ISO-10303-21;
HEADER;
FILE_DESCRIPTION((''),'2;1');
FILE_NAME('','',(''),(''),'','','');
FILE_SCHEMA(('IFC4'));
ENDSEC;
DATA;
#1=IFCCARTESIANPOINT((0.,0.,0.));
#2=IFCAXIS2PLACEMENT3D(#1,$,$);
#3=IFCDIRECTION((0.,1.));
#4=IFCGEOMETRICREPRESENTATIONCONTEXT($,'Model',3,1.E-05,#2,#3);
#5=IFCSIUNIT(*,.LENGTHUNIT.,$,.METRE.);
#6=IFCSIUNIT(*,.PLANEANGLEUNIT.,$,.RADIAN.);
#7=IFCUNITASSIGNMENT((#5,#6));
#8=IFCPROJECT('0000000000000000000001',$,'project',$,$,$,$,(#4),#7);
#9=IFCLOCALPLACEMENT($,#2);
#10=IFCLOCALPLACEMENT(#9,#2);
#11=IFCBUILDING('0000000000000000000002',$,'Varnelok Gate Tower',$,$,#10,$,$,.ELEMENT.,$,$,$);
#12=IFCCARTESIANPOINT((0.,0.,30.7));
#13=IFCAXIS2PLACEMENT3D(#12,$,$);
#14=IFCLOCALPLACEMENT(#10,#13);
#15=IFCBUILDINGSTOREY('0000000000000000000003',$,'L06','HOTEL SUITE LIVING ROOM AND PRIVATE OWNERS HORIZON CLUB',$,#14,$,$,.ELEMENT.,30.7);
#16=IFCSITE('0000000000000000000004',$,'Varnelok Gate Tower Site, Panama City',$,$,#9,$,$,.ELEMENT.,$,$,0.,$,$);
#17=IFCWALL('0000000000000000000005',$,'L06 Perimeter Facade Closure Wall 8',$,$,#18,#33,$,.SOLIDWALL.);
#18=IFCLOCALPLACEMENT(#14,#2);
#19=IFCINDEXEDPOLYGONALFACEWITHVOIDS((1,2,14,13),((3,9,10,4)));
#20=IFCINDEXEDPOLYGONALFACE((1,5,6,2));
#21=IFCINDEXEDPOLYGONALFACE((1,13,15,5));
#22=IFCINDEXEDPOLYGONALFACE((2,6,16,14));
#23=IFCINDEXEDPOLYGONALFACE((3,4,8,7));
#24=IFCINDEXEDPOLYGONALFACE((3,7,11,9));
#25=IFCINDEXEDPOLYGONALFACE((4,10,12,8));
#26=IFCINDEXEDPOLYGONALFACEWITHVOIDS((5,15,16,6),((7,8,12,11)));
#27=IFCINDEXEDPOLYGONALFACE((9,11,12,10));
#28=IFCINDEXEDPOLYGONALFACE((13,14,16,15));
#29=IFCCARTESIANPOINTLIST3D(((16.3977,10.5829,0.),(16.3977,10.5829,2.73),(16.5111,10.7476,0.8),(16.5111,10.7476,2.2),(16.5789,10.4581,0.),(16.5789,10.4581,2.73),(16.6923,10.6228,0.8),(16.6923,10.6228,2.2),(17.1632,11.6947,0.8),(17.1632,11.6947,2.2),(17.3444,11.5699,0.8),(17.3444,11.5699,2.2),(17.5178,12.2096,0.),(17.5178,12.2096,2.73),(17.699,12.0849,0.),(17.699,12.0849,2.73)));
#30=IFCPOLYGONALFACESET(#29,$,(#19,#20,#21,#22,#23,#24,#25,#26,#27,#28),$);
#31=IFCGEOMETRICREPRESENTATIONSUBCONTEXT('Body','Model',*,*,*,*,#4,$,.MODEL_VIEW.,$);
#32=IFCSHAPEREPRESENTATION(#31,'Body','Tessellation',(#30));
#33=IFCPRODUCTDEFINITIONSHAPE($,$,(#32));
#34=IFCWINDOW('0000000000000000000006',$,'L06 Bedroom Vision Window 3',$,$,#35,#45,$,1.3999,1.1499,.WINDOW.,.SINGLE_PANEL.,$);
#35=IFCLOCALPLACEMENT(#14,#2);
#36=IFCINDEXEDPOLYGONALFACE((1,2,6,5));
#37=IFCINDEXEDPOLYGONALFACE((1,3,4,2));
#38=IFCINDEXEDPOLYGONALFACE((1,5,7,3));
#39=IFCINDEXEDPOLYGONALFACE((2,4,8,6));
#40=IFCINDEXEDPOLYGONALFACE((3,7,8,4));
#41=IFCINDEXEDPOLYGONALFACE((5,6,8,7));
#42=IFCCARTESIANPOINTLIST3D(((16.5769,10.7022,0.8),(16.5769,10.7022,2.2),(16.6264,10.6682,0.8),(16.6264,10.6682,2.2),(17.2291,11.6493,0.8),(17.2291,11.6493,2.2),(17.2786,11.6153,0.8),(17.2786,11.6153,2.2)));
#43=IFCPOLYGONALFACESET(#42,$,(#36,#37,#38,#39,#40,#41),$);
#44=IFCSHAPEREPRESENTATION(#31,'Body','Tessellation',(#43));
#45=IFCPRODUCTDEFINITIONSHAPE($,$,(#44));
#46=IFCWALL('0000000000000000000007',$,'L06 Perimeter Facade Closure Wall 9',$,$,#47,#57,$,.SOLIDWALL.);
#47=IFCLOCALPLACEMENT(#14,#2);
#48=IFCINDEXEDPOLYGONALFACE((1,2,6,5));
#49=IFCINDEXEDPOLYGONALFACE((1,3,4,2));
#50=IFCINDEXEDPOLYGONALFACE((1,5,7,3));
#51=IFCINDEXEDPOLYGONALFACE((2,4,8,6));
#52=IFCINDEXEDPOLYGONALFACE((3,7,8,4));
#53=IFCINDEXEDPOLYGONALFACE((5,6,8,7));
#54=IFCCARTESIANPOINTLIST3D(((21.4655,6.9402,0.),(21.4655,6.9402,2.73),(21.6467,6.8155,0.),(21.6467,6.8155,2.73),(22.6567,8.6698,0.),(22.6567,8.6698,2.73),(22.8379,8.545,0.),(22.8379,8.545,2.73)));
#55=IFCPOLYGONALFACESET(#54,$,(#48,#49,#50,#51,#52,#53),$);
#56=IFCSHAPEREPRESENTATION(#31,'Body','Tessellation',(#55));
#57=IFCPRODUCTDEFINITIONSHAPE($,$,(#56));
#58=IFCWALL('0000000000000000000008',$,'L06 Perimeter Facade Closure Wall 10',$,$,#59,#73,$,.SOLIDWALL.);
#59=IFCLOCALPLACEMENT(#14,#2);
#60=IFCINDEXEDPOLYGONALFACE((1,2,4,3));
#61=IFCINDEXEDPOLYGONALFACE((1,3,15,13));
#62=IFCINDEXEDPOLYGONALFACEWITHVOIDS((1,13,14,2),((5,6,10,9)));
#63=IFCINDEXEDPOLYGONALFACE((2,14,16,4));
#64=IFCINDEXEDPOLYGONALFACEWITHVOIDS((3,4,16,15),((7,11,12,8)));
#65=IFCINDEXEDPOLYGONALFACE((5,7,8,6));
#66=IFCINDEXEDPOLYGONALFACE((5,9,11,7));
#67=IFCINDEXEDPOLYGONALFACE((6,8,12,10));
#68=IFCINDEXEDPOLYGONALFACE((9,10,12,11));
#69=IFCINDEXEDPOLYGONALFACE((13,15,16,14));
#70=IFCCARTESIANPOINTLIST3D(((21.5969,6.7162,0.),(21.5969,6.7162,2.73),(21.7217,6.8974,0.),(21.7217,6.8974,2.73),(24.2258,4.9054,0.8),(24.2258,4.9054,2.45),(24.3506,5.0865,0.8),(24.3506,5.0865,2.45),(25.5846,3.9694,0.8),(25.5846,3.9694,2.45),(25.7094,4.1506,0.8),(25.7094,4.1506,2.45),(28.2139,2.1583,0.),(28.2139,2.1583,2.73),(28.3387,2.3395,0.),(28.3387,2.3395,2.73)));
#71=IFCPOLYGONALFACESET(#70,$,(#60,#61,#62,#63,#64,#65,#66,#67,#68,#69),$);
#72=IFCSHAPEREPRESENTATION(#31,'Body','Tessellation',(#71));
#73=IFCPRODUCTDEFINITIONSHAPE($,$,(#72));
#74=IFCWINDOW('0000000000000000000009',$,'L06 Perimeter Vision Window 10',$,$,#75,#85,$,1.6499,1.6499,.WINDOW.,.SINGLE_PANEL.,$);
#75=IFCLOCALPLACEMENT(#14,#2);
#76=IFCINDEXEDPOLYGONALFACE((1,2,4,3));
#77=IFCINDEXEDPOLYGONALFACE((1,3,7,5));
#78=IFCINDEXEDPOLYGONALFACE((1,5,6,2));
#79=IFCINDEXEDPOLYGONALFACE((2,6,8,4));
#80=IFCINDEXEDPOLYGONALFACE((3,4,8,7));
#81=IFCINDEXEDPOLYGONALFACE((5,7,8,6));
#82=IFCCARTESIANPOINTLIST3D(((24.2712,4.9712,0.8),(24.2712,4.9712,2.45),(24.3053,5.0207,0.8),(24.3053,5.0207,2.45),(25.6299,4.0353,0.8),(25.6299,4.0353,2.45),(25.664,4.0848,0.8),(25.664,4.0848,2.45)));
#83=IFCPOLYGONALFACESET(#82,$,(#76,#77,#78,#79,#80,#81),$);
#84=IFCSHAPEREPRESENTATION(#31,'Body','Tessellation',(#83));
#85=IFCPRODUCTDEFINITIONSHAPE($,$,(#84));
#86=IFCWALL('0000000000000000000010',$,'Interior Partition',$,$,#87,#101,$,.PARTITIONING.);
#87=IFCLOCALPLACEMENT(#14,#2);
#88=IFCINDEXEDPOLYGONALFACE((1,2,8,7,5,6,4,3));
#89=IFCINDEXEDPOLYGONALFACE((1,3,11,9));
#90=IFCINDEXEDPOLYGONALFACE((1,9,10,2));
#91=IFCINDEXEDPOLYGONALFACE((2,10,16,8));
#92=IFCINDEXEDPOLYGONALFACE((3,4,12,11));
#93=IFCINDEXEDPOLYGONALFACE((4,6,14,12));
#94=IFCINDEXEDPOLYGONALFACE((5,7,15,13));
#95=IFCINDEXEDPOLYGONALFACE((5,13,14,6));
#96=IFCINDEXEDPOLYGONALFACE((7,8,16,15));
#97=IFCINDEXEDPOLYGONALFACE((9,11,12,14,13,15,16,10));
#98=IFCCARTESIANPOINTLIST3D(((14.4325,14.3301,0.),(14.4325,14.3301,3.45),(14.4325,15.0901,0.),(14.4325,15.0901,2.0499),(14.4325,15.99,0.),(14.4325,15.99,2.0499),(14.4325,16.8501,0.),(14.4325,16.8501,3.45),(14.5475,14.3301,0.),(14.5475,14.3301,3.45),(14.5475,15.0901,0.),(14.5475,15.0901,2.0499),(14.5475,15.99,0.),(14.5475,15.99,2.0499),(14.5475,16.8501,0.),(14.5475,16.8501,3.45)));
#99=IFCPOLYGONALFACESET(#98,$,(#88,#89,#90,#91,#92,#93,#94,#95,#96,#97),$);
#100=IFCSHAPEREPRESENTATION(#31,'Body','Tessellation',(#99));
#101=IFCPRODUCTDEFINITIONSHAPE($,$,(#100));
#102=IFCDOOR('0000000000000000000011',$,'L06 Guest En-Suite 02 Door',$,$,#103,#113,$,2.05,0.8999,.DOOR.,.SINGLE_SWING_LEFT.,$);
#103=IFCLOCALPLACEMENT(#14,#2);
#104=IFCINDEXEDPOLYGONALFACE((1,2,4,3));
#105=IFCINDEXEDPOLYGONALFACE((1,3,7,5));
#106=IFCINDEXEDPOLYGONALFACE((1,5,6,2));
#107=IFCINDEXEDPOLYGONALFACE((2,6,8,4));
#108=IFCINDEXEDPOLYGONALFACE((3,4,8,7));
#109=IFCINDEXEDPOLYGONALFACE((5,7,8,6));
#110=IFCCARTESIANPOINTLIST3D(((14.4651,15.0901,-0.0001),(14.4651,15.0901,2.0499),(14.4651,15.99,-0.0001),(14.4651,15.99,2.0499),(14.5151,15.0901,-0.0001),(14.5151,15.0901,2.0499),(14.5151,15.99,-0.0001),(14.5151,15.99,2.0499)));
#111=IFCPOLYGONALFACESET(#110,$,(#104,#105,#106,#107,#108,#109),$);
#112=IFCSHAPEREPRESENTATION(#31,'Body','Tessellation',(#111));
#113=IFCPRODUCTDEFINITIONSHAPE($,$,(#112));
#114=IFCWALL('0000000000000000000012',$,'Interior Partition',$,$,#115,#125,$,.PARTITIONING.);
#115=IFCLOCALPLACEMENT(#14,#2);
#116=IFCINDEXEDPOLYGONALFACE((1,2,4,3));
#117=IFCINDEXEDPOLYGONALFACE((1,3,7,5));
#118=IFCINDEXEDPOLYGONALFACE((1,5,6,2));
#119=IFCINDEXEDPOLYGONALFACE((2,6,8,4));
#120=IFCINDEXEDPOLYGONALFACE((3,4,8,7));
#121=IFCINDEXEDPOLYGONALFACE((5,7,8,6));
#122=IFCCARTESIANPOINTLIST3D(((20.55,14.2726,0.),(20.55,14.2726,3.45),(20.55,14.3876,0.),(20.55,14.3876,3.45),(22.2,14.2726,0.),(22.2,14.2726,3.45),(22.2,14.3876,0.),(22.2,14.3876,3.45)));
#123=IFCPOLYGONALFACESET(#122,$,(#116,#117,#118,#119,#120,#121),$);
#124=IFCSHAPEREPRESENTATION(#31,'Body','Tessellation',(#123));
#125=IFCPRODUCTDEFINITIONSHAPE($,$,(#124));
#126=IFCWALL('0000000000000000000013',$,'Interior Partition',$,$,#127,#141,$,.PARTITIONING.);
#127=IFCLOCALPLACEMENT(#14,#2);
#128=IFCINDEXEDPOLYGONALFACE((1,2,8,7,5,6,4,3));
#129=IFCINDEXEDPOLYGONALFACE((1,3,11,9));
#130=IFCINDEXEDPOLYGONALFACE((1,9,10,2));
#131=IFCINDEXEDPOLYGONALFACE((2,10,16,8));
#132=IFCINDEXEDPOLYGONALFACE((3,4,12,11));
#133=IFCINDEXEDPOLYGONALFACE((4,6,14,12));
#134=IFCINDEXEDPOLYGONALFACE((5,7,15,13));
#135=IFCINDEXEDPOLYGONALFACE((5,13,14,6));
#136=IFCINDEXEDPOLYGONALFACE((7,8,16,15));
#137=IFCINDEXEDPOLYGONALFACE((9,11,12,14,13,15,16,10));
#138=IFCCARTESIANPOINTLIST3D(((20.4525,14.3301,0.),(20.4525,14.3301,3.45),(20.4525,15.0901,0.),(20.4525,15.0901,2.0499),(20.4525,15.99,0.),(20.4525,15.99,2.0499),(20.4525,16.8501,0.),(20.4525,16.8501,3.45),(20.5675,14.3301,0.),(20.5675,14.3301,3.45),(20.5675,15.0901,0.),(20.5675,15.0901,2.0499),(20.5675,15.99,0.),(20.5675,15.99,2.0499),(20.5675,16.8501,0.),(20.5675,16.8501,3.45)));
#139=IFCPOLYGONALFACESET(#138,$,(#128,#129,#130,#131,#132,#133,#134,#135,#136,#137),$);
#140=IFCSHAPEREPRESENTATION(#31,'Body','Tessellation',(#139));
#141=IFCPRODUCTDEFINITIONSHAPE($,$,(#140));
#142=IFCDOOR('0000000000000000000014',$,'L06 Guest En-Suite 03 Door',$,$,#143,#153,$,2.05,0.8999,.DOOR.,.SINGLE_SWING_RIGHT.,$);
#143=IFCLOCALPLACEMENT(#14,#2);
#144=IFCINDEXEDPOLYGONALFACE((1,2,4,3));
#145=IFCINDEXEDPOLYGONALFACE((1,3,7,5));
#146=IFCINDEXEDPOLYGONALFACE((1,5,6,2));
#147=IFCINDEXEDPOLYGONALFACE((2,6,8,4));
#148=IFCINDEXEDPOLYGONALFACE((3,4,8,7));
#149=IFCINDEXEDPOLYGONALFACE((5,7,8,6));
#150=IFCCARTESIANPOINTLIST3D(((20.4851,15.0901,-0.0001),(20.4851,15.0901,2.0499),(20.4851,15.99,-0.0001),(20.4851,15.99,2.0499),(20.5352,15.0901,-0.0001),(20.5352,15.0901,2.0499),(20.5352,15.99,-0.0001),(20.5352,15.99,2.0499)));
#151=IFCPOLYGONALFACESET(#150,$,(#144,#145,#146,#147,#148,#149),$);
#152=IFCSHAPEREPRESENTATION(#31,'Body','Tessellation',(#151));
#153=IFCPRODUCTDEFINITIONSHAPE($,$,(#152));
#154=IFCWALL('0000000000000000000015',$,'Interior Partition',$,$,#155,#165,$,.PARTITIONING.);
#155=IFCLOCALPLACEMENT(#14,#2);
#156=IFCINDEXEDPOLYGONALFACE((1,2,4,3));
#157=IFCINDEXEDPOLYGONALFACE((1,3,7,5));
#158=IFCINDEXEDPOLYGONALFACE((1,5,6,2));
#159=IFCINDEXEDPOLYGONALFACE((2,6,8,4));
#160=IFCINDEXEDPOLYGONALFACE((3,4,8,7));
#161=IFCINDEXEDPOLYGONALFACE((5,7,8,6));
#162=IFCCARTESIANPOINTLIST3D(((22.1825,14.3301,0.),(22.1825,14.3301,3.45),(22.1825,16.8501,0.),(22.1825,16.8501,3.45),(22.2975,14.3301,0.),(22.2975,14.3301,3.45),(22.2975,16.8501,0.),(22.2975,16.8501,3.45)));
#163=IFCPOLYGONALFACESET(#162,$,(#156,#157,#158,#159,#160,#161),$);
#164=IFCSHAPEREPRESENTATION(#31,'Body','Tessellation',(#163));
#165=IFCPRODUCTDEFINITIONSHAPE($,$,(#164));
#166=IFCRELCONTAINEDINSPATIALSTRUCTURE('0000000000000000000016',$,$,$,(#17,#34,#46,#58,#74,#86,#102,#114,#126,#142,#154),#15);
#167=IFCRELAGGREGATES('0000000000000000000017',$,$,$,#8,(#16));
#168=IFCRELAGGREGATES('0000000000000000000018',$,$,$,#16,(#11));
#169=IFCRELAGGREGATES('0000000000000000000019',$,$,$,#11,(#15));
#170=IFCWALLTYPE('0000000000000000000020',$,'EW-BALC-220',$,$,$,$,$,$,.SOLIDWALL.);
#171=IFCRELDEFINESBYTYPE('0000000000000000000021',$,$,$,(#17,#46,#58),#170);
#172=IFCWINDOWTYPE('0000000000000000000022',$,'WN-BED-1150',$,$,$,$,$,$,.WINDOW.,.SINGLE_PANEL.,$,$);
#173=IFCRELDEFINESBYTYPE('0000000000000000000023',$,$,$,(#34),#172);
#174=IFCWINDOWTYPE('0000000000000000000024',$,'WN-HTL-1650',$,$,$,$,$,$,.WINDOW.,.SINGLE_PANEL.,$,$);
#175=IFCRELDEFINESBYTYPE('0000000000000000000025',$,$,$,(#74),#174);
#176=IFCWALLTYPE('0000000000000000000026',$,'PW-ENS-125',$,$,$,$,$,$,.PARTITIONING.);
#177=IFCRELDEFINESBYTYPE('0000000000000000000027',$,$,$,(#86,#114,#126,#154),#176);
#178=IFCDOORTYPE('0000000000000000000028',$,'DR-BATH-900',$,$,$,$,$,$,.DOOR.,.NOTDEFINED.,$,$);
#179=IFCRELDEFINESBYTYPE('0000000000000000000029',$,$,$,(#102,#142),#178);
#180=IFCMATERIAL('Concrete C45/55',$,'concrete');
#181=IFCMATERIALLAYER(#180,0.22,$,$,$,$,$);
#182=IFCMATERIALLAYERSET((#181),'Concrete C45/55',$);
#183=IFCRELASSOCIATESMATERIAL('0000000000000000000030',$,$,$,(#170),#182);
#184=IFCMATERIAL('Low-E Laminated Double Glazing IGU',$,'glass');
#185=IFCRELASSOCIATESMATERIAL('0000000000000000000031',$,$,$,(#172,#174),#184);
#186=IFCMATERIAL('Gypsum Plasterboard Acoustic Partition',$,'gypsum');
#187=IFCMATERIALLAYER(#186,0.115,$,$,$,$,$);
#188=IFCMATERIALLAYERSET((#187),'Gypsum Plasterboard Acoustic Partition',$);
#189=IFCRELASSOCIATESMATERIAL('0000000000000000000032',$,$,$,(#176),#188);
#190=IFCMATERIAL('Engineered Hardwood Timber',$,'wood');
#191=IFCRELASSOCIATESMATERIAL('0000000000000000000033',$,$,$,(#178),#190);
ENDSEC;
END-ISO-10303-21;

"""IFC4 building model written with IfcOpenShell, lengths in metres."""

from ifc_helpers import new_model, si_unit, direction, frame, frame_2d, origin, place, context, subcontext, project, spatial, rectangle, extrude, material, layer, layer_set, type_object, element, fill, save


model = new_model("IFC4")

# Units and contexts
model_context = context("Model", 3, precision=1e-05, world=origin(), true_north=direction((0.0, 1.0)))
body_context = subcontext(model_context, "Body", "Model", "MODEL_VIEW")
ifc_project = project(units=[si_unit("LENGTHUNIT", "METRE"), si_unit("PLANEANGLEUNIT", "RADIAN")], contexts=[model_context])

# Site, building, storey
site_placement = place(None, origin())
site = spatial("IfcSite", under=ifc_project, at=site_placement, Name="Varnelok Gate Tower Site, Panama City", CompositionType="ELEMENT", RefElevation=0.0)
building_placement = place(site_placement, origin())
building = spatial("IfcBuilding", under=site, at=building_placement, Name="Varnelok Gate Tower", CompositionType="ELEMENT")
storey_placement = place(building_placement, frame((0.0, 0.0, 30.7)))
storey = spatial("IfcBuildingStorey", under=building, at=storey_placement, Name="L06", Description="HOTEL SUITE LIVING ROOM AND PRIVATE OWNERS HORIZON CLUB", CompositionType="ELEMENT", Elevation=30.7)

# Shared definitions
ifc_material_1 = material(Name="Concrete C45/55", Category="concrete")
ifc_layer_1 = layer(ifc_material_1, 0.22)
ifc_layer_set_1 = layer_set([ifc_layer_1], Name="Concrete C45/55")
wall_type_1 = type_object("IfcWallType", Name="EW-BALC-220", PredefinedType="SOLIDWALL", material=ifc_layer_set_1)

# Wall, opening, window
wall_1_placement = place(storey_placement, frame((16.4883, 10.5205, 0.0), z_axis=(0.0, 0.0, 1.0), x_axis=(0.567132, 0.823627, 0.0)))
wall_1 = element("IfcWall", 1, at=wall_1_placement, inside=storey, type_object=wall_type_1, Name="L06 Perimeter Facade Closure Wall 8", PredefinedType="SOLIDWALL", context=body_context, shape_type="SweptSolid", body=[
    extrude(rectangle(XDim=1.9751, YDim=0.22, at=frame_2d((0.9875, 0.0))), origin(), (0.0, 0.0, 1.0), 2.73),
])
opening_1_placement = place(wall_1_placement, frame((0.2, 0.0, 0.8)))
opening_1 = element("IfcOpeningElement", 2, at=opening_1_placement, cuts=wall_1, PredefinedType="OPENING", context=body_context, shape_type="SweptSolid", body=[
    extrude(rectangle(XDim=1.1499, YDim=1.3999, at=frame_2d((0.575, 0.7))), frame((0.0, 0.1199, 0.0), z_axis=(0.0, -1.0, 0.0), x_axis=(1.0, 0.0, 0.0)), (0.0, 0.0, 1.0), 0.24),
])
ifc_material_2 = material(Name="Low-E Laminated Double Glazing IGU", Category="glass")
window_type_1 = type_object("IfcWindowType", Name="WN-BED-1150", PartitioningType="SINGLE_PANEL", PredefinedType="WINDOW", material=ifc_material_2)
window_1_placement = place(opening_1_placement, origin())
window_1 = element("IfcWindow", 3, at=window_1_placement, inside=storey, type_object=window_type_1, Name="L06 Bedroom Vision Window 3", OverallHeight=1.3999, OverallWidth=1.1499, PartitioningType="SINGLE_PANEL", PredefinedType="WINDOW", context=body_context, shape_type="SweptSolid", body=[
    extrude(rectangle(XDim=1.1499, YDim=1.3999, at=frame_2d((0.575, 0.7))), frame((0.0, 0.03, 0.0), z_axis=(0.0, -1.0, 0.0), x_axis=(1.0, 0.0, 0.0)), (0.0, 0.0, 1.0), 0.0601),
])
fill(opening_1, window_1)

# Wall
wall_2_placement = place(storey_placement, frame((22.7473, 8.6074, 0.0), z_axis=(0.0, 0.0, 1.0), x_axis=(-0.567219, -0.823567, 0.0)))
element("IfcWall", 4, at=wall_2_placement, inside=storey, type_object=wall_type_1, Name="L06 Perimeter Facade Closure Wall 9", PredefinedType="SOLIDWALL", context=body_context, shape_type="SweptSolid", body=[
    extrude(rectangle(XDim=2.1001, YDim=0.22, at=frame_2d((1.05, 0.0))), origin(), (0.0, 0.0, 1.0), 2.73),
])

# Wall, opening, window
wall_3_placement = place(storey_placement, frame((21.6592, 6.8069, 0.0), z_axis=(0.0, 0.0, 1.0), x_axis=(0.823535, -0.567265, 0.0)))
wall_3 = element("IfcWall", 5, at=wall_3_placement, inside=storey, type_object=wall_type_1, Name="L06 Perimeter Facade Closure Wall 10", PredefinedType="SOLIDWALL", context=body_context, shape_type="SweptSolid", body=[
    extrude(rectangle(XDim=8.0349, YDim=0.22, at=frame_2d((4.0176, 0.0))), origin(), (0.0, 0.0, 1.0), 2.73),
])
opening_2_placement = place(wall_3_placement, frame((3.1924, 0.0, 0.8)))
opening_2 = element("IfcOpeningElement", 6, at=opening_2_placement, cuts=wall_3, PredefinedType="OPENING", context=body_context, shape_type="SweptSolid", body=[
    extrude(rectangle(XDim=1.6499, YDim=1.6499, at=frame_2d((0.825, 0.825))), frame((0.0, 0.1199, 0.0), z_axis=(0.0, -1.0, 0.0), x_axis=(1.0, 0.0, 0.0)), (0.0, 0.0, 1.0), 0.24),
])
window_type_2 = type_object("IfcWindowType", Name="WN-HTL-1650", PartitioningType="SINGLE_PANEL", PredefinedType="WINDOW", material=ifc_material_2)
window_2_placement = place(opening_2_placement, origin())
window_2 = element("IfcWindow", 7, at=window_2_placement, inside=storey, type_object=window_type_2, Name="L06 Perimeter Vision Window 10", OverallHeight=1.6499, OverallWidth=1.6499, PartitioningType="SINGLE_PANEL", PredefinedType="WINDOW", context=body_context, shape_type="SweptSolid", body=[
    extrude(rectangle(XDim=1.6499, YDim=1.6499, at=frame_2d((0.825, 0.825))), frame((0.0, 0.03, 0.0), z_axis=(0.0, -1.0, 0.0), x_axis=(1.0, 0.0, 0.0)), (0.0, 0.0, 1.0), 0.0601),
])
fill(opening_2, window_2)

# Wall, opening, door
ifc_material_3 = material(Name="Gypsum Plasterboard Acoustic Partition", Category="gypsum")
ifc_material_4 = material(Name="Engineered Hardwood Timber", Category="wood")
ifc_layer_2 = layer(ifc_material_3, 0.115)
ifc_layer_set_2 = layer_set([ifc_layer_2], Name="Gypsum Plasterboard Acoustic Partition")
wall_type_2 = type_object("IfcWallType", Name="PW-ENS-125", PredefinedType="PARTITIONING", material=ifc_layer_set_2)
wall_4_placement = place(storey_placement, frame((14.49, 14.3301, 0.0), z_axis=(0.0, 0.0, 1.0), x_axis=(0.0, 1.0, 0.0)))
wall_4 = element("IfcWall", 8, at=wall_4_placement, inside=storey, type_object=wall_type_2, Name="Interior Partition", PredefinedType="PARTITIONING", context=body_context, shape_type="SweptSolid", body=[
    extrude(rectangle(XDim=2.52, YDim=0.115, at=frame_2d((1.26, 0.0))), origin(), (0.0, 0.0, 1.0), 3.45),
])
opening_3_placement = place(wall_4_placement, frame((0.76, 0.0, 0.0)))
opening_3 = element("IfcOpeningElement", 9, at=opening_3_placement, cuts=wall_4, PredefinedType="OPENING", context=body_context, shape_type="SweptSolid", body=[
    extrude(rectangle(XDim=0.8999, YDim=2.05, at=frame_2d((0.45, 1.0249))), frame((0.0, 0.0674, 0.0), z_axis=(0.0, -1.0, 0.0), x_axis=(1.0, 0.0, 0.0)), (0.0, 0.0, 1.0), 0.135),
])
door_type_1 = type_object("IfcDoorType", Name="DR-BATH-900", OperationType="NOTDEFINED", PredefinedType="DOOR", material=ifc_material_4)
door_1_placement = place(opening_3_placement, origin())
door_1 = element("IfcDoor", 10, at=door_1_placement, inside=storey, type_object=door_type_1, Name="L06 Guest En-Suite 02 Door", OperationType="SINGLE_SWING_LEFT", OverallHeight=2.05, OverallWidth=0.8999, PredefinedType="DOOR", context=body_context, shape_type="SweptSolid", body=[
    extrude(rectangle(XDim=0.8999, YDim=2.05, at=frame_2d((0.45, 1.0249))), frame((0.0, 0.0249, 0.0), z_axis=(0.0, -1.0, 0.0), x_axis=(1.0, 0.0, 0.0)), (0.0, 0.0, 1.0), 0.05),
])
fill(opening_3, door_1)

# Wall
wall_5_placement = place(storey_placement, frame((20.55, 14.3301, 0.0), z_axis=(0.0, 0.0, 1.0), x_axis=(1.0, 0.0, 0.0)))
element("IfcWall", 11, at=wall_5_placement, inside=storey, type_object=wall_type_2, Name="Interior Partition", PredefinedType="PARTITIONING", context=body_context, shape_type="SweptSolid", body=[
    extrude(rectangle(XDim=1.6499, YDim=0.115, at=frame_2d((0.825, 0.0))), origin(), (0.0, 0.0, 1.0), 3.45),
])

# Wall, opening, door
wall_6_placement = place(storey_placement, frame((20.51, 14.3301, 0.0), z_axis=(0.0, 0.0, 1.0), x_axis=(0.0, 1.0, 0.0)))
wall_6 = element("IfcWall", 12, at=wall_6_placement, inside=storey, type_object=wall_type_2, Name="Interior Partition", PredefinedType="PARTITIONING", context=body_context, shape_type="SweptSolid", body=[
    extrude(rectangle(XDim=2.52, YDim=0.115, at=frame_2d((1.26, 0.0))), origin(), (0.0, 0.0, 1.0), 3.45),
])
opening_4_placement = place(wall_6_placement, frame((0.76, 0.0, 0.0)))
opening_4 = element("IfcOpeningElement", 13, at=opening_4_placement, cuts=wall_6, PredefinedType="OPENING", context=body_context, shape_type="SweptSolid", body=[
    extrude(rectangle(XDim=0.8999, YDim=2.05, at=frame_2d((0.45, 1.0249))), frame((0.0, 0.0674, 0.0), z_axis=(0.0, -1.0, 0.0), x_axis=(1.0, 0.0, 0.0)), (0.0, 0.0, 1.0), 0.135),
])
door_2_placement = place(opening_4_placement, origin())
door_2 = element("IfcDoor", 14, at=door_2_placement, inside=storey, type_object=door_type_1, Name="L06 Guest En-Suite 03 Door", OperationType="SINGLE_SWING_RIGHT", OverallHeight=2.05, OverallWidth=0.8999, PredefinedType="DOOR", context=body_context, shape_type="SweptSolid", body=[
    extrude(rectangle(XDim=0.8999, YDim=2.05, at=frame_2d((0.45, 1.0249))), frame((0.0, 0.0249, 0.0), z_axis=(0.0, -1.0, 0.0), x_axis=(1.0, 0.0, 0.0)), (0.0, 0.0, 1.0), 0.05),
])
fill(opening_4, door_2)

# Wall
wall_7_placement = place(storey_placement, frame((22.24, 14.3301, 0.0), z_axis=(0.0, 0.0, 1.0), x_axis=(0.0, 1.0, 0.0)))
element("IfcWall", 15, at=wall_7_placement, inside=storey, type_object=wall_type_2, Name="Interior Partition", PredefinedType="PARTITIONING", context=body_context, shape_type="SweptSolid", body=[
    extrude(rectangle(XDim=2.52, YDim=0.115, at=frame_2d((1.26, 0.0))), origin(), (0.0, 0.0, 1.0), 3.45),
])

save(model, "model.ifc")
